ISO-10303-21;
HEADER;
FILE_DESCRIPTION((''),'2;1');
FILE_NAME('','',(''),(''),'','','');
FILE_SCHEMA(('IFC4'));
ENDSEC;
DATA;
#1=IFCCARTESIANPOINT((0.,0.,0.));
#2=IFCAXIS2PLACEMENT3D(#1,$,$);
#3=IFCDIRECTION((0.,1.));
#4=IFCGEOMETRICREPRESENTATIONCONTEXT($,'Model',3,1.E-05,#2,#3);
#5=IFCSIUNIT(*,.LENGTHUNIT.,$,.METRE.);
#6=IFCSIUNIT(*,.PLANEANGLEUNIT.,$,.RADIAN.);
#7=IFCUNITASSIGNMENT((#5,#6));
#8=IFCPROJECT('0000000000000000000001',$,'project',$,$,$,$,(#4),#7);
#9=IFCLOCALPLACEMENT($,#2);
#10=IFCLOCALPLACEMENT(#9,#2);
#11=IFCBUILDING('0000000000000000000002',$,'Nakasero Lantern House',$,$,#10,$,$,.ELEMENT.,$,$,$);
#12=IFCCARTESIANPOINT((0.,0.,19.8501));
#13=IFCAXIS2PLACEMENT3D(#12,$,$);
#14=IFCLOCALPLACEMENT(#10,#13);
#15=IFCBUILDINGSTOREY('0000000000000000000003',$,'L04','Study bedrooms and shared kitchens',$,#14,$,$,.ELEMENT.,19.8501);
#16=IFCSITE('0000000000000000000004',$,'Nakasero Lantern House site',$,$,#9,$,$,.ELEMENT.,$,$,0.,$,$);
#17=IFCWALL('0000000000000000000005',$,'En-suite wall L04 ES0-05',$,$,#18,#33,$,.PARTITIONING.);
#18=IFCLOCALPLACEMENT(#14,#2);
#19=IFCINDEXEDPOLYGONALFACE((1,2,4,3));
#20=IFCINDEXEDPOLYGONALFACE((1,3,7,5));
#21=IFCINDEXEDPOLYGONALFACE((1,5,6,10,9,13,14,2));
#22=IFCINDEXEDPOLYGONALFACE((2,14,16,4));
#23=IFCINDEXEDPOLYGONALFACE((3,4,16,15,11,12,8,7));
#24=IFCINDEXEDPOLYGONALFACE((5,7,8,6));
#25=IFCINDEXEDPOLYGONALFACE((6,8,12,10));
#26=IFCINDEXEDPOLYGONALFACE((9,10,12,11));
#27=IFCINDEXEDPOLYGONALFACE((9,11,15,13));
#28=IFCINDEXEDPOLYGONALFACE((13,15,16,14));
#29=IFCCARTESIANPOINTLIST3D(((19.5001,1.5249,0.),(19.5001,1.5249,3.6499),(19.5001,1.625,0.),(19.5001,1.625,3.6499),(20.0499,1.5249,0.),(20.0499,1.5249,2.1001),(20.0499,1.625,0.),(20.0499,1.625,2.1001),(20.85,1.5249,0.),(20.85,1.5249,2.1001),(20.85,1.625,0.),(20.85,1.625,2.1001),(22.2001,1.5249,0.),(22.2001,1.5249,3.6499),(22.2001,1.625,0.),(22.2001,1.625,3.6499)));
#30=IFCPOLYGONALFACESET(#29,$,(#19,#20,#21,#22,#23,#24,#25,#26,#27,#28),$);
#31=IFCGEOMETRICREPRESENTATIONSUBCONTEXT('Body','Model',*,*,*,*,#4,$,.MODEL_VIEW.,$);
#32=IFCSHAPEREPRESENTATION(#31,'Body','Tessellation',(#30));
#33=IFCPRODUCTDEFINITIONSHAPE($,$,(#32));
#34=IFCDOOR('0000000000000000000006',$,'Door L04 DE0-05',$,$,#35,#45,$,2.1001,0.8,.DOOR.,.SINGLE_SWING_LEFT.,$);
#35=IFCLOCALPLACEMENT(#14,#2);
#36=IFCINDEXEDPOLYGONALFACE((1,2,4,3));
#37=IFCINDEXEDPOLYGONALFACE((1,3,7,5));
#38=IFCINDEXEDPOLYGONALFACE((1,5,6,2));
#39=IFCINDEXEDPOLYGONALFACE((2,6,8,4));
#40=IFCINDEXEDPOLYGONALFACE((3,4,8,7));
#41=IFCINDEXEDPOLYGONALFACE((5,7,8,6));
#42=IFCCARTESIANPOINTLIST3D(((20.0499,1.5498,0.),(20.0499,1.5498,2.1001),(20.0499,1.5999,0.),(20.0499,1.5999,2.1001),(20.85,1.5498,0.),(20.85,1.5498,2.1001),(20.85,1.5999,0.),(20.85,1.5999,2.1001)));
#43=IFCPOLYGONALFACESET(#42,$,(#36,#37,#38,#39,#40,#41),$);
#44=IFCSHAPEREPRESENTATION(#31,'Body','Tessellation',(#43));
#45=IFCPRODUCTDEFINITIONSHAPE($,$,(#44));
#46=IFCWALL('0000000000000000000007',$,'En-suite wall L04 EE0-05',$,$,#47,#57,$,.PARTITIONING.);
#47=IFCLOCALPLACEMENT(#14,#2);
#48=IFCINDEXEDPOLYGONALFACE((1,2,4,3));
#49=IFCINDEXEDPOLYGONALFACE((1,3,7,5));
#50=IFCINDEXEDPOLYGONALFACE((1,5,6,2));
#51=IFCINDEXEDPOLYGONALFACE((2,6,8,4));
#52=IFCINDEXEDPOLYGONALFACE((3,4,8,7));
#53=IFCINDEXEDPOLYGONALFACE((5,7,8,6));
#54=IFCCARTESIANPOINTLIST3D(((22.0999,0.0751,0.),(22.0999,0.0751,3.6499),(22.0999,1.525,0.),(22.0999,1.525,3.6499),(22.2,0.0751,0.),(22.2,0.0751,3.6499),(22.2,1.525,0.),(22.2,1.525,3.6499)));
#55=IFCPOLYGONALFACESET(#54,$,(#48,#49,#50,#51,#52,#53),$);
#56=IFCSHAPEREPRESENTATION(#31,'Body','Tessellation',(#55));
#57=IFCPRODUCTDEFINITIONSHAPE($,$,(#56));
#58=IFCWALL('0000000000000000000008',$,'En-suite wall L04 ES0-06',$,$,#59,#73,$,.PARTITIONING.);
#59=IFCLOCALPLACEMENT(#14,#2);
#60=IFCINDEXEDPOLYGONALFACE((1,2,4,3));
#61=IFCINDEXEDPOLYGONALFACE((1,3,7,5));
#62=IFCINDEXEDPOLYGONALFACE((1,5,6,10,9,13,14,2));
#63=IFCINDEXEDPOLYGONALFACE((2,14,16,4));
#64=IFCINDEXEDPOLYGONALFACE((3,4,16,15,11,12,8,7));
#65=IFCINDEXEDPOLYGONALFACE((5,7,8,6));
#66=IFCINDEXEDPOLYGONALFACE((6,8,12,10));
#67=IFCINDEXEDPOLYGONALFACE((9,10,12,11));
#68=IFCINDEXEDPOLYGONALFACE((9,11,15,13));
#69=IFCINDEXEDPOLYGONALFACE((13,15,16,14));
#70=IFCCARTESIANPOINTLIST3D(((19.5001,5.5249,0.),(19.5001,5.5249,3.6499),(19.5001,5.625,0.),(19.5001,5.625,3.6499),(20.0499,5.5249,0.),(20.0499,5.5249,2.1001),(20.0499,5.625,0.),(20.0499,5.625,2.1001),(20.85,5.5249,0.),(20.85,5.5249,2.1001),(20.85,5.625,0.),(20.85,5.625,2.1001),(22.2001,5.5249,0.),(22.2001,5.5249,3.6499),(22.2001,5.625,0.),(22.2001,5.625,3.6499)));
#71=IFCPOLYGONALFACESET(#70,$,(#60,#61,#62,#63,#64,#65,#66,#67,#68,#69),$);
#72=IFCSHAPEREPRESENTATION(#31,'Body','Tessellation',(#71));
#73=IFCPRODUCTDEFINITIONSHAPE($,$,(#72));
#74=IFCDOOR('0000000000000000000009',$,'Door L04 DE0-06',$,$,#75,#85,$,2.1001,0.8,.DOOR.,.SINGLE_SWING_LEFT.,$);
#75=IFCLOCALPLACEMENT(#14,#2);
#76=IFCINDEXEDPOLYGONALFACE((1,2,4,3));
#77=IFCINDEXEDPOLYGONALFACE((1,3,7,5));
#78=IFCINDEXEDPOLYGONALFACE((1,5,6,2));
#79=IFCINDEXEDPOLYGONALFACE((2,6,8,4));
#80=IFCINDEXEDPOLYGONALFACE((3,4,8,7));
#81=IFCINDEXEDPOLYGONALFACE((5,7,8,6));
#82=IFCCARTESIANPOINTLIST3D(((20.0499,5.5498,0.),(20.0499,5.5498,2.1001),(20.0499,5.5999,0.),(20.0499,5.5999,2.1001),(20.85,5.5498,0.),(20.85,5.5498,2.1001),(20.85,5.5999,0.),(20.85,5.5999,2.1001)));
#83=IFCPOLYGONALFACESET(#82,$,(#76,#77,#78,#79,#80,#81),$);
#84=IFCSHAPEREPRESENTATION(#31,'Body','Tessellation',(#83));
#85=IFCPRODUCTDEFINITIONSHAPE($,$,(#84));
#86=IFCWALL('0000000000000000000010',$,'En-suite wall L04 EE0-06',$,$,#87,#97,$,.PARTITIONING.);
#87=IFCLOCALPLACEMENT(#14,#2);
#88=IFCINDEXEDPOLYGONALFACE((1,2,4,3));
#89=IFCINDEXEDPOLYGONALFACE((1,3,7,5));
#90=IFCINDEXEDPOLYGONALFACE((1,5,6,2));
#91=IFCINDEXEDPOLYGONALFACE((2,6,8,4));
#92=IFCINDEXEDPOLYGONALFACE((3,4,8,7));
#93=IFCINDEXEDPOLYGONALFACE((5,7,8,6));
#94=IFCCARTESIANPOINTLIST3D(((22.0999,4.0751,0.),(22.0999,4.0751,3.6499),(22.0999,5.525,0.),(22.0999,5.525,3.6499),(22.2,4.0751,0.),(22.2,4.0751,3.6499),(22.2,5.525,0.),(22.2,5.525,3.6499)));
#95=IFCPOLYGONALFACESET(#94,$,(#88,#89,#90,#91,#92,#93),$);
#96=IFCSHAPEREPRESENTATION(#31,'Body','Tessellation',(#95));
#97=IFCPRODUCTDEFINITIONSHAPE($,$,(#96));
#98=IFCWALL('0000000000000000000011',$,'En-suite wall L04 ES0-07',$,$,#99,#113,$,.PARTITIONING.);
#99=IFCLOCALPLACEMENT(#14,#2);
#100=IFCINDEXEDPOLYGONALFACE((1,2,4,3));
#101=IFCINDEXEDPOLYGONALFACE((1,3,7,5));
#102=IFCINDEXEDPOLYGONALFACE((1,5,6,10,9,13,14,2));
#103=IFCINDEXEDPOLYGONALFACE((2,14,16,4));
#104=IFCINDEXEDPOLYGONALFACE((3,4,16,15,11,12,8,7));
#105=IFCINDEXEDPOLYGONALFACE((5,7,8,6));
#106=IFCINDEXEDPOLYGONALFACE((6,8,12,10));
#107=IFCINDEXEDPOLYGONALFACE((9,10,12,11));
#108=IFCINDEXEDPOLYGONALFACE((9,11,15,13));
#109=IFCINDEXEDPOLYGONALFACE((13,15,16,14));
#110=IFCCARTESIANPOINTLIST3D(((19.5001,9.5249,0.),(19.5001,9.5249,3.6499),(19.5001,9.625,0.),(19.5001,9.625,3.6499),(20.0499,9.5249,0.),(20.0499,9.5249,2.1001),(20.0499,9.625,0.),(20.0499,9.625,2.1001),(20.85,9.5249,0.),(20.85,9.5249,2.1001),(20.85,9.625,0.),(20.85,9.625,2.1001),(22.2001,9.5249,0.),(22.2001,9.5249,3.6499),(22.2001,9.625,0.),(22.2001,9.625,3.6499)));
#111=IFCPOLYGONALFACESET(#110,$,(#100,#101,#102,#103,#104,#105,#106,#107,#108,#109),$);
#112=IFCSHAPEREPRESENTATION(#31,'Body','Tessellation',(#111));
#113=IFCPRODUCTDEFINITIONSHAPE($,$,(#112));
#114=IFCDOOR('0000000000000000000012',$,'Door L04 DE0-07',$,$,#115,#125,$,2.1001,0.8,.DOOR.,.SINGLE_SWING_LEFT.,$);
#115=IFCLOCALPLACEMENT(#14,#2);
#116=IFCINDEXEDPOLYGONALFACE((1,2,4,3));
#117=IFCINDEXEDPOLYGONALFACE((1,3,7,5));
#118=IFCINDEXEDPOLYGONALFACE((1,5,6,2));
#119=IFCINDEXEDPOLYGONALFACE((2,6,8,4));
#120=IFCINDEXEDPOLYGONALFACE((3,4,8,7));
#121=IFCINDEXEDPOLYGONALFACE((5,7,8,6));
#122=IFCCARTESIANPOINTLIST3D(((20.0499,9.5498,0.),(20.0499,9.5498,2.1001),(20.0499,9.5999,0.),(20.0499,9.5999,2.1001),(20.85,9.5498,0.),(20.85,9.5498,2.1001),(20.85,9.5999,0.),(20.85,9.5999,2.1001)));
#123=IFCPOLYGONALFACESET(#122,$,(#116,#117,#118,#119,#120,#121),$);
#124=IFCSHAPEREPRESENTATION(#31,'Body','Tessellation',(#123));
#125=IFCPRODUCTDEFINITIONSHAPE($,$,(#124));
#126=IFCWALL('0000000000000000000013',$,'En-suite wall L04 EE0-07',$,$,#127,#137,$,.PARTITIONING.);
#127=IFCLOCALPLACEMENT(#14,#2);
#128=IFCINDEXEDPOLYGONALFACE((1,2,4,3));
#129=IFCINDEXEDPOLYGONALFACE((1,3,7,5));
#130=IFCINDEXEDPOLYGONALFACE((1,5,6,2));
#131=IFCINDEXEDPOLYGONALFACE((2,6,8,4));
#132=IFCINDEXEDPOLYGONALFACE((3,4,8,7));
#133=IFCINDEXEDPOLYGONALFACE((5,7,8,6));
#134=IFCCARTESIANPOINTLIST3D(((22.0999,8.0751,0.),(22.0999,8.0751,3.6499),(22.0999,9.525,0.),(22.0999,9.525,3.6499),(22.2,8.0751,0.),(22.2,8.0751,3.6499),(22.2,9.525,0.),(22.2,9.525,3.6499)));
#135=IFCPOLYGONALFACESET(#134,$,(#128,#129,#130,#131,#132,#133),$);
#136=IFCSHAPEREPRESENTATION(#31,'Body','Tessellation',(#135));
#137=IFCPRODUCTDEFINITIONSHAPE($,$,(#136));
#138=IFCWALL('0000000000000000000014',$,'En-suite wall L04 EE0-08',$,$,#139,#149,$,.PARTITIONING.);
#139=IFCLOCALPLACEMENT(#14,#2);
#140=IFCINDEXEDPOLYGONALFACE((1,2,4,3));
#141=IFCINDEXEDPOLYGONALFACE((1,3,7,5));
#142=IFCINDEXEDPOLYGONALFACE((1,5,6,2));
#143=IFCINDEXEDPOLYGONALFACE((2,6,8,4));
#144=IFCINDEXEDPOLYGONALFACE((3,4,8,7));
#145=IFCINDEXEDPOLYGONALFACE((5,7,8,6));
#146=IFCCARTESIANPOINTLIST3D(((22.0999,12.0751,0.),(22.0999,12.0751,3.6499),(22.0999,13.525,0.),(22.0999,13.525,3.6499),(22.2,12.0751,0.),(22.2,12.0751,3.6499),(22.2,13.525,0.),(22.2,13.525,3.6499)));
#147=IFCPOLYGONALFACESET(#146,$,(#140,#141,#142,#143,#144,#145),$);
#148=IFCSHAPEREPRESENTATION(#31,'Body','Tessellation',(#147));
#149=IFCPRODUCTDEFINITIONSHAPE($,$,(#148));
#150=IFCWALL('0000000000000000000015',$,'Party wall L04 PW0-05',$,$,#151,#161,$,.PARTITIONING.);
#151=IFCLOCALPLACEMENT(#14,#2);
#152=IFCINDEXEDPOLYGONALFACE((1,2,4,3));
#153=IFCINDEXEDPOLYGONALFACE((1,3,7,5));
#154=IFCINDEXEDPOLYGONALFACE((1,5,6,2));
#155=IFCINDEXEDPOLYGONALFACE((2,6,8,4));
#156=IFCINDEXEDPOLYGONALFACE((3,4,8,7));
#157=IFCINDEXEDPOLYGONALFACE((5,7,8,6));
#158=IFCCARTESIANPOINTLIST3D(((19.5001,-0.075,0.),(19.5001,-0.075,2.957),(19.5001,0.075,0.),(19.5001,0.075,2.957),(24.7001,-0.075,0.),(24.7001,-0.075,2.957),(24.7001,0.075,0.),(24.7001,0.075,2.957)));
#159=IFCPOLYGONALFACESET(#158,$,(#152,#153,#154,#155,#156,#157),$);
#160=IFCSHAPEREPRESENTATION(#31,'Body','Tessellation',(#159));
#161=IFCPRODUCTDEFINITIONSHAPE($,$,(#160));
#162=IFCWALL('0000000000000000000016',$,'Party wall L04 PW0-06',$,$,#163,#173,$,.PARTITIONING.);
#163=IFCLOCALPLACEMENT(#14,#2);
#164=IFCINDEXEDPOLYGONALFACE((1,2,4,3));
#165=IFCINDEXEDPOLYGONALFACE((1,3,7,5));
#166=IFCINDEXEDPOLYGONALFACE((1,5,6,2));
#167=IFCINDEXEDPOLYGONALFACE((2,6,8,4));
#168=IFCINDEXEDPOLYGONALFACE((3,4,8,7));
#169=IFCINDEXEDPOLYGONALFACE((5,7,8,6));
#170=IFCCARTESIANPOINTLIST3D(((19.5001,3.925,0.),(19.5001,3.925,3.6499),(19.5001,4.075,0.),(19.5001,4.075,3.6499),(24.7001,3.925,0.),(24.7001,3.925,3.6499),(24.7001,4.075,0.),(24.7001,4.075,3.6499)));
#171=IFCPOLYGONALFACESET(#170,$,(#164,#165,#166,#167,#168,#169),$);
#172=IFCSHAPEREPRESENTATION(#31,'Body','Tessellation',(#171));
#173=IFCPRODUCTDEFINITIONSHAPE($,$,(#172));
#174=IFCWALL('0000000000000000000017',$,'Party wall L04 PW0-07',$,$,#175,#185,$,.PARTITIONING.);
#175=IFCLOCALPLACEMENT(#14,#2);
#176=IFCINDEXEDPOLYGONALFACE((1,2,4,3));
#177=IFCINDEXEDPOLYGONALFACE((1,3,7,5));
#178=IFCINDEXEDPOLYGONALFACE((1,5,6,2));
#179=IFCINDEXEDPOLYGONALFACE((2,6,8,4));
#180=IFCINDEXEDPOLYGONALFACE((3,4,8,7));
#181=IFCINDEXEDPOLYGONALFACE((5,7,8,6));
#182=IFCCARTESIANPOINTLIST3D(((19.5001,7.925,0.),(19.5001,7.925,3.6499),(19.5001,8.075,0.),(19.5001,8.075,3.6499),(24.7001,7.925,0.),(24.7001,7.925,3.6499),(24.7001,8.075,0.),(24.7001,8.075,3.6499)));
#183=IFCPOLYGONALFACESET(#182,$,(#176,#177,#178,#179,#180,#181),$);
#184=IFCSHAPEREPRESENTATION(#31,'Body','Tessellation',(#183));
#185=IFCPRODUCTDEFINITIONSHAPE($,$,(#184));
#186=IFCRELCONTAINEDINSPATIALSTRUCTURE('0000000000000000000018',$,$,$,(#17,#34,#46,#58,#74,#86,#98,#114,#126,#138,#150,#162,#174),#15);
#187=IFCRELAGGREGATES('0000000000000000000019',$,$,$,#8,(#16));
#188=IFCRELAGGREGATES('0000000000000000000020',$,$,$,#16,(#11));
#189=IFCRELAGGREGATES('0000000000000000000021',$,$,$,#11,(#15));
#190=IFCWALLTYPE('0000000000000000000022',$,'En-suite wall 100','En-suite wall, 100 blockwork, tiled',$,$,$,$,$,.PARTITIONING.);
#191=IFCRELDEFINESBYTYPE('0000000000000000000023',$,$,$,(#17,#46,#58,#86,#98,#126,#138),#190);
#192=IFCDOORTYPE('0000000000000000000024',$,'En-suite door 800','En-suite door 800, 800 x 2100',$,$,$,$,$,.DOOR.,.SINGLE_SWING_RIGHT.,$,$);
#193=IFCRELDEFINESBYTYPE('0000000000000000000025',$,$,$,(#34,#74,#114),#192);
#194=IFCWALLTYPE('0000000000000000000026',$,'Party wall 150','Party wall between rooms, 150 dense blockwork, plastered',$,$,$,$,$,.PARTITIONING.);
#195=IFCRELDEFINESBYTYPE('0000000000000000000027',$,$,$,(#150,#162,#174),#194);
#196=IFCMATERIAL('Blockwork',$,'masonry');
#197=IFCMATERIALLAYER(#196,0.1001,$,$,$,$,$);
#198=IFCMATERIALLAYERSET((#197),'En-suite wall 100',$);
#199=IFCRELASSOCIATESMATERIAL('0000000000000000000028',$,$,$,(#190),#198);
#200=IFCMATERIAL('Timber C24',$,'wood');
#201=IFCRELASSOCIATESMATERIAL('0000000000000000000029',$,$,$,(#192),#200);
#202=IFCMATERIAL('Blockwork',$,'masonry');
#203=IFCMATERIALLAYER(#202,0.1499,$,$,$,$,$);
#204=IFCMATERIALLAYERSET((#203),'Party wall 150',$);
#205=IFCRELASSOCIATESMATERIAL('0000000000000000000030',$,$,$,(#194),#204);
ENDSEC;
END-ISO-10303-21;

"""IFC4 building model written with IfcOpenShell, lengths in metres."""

from ifc_helpers import new_model, si_unit, direction, frame, frame_2d, origin, place, context, subcontext, project, spatial, rectangle, extrude, material, layer, layer_set, type_object, element, fill, save


model = new_model("IFC4")

# Units and contexts
model_context = context("Model", 3, precision=1e-05, world=origin(), true_north=direction((0.0, 1.0)))
body_context = subcontext(model_context, "Body", "Model", "MODEL_VIEW")
ifc_project = project(units=[si_unit("LENGTHUNIT", "METRE"), si_unit("PLANEANGLEUNIT", "RADIAN")], contexts=[model_context])

# Site, building, storey
site_placement = place(None, origin())
site = spatial("IfcSite", under=ifc_project, at=site_placement, Name="Nakasero Lantern House site", CompositionType="ELEMENT", RefElevation=0.0)
building_placement = place(site_placement, origin())
building = spatial("IfcBuilding", under=site, at=building_placement, Name="Nakasero Lantern House", CompositionType="ELEMENT")
storey_placement = place(building_placement, frame((0.0, 0.0, 19.8501)))
storey = spatial("IfcBuildingStorey", under=building, at=storey_placement, Name="L04", Description="Study bedrooms and shared kitchens", CompositionType="ELEMENT", Elevation=19.8501)

# Wall, opening, door
ifc_material_1 = material(Name="Blockwork", Category="masonry")
ifc_layer_1 = layer(ifc_material_1, 0.1001)
ifc_layer_set_1 = layer_set([ifc_layer_1], Name="En-suite wall 100")
wall_type_1 = type_object("IfcWallType", Name="En-suite wall 100", Description="En-suite wall, 100 blockwork, tiled", PredefinedType="PARTITIONING", material=ifc_layer_set_1)
wall_1_placement = place(storey_placement, frame((19.5, 1.575, 0.0), z_axis=(0.0, 0.0, 1.0), x_axis=(1.0, 0.0, 0.0)))
wall_1 = element("IfcWall", 1, at=wall_1_placement, inside=storey, type_object=wall_type_1, Name="En-suite wall L04 ES0-05", PredefinedType="PARTITIONING", context=body_context, shape_type="SweptSolid", body=[
    extrude(rectangle(XDim=2.7, YDim=0.1001, at=frame_2d((1.3501, 0.0))), origin(), (0.0, 0.0, 1.0), 3.6499),
])
opening_1_placement = place(wall_1_placement, frame((0.55, 0.0, 0.0)))
opening_1 = element("IfcOpeningElement", 2, at=opening_1_placement, cuts=wall_1, PredefinedType="OPENING", context=body_context, shape_type="SweptSolid", body=[
    extrude(rectangle(XDim=0.8, YDim=2.1001, at=frame_2d((0.3999, 1.05))), frame((0.0, 0.0701, 0.0), z_axis=(0.0, -1.0, 0.0), x_axis=(1.0, 0.0, 0.0)), (0.0, 0.0, 1.0), 0.1401),
])
ifc_material_2 = material(Name="Timber C24", Category="wood")
door_type = type_object("IfcDoorType", Name="En-suite door 800", Description="En-suite door 800, 800 x 2100", OperationType="SINGLE_SWING_RIGHT", PredefinedType="DOOR", material=ifc_material_2)
door_1_placement = place(opening_1_placement, origin())
door_1 = element("IfcDoor", 3, at=door_1_placement, inside=storey, type_object=door_type, Name="Door L04 DE0-05", OperationType="SINGLE_SWING_LEFT", OverallHeight=2.1001, OverallWidth=0.8, PredefinedType="DOOR", context=body_context, shape_type="SweptSolid", body=[
    extrude(rectangle(XDim=0.8, YDim=2.1001, at=frame_2d((0.3999, 1.05))), frame((0.0, 0.0249, 0.0), z_axis=(0.0, -1.0, 0.0), x_axis=(1.0, 0.0, 0.0)), (0.0, 0.0, 1.0), 0.05),
])
fill(opening_1, door_1)

# Wall
wall_2_placement = place(storey_placement, frame((22.1499, 0.075, 0.0), z_axis=(0.0, 0.0, 1.0), x_axis=(0.0, 1.0, 0.0)))
element("IfcWall", 4, at=wall_2_placement, inside=storey, type_object=wall_type_1, Name="En-suite wall L04 EE0-05", PredefinedType="PARTITIONING", context=body_context, shape_type="SweptSolid", body=[
    extrude(rectangle(XDim=1.45, YDim=0.1001, at=frame_2d((0.7251, 0.0))), origin(), (0.0, 0.0, 1.0), 3.6499),
])

# Wall, opening, door
wall_3_placement = place(storey_placement, frame((19.5, 5.575, 0.0), z_axis=(0.0, 0.0, 1.0), x_axis=(1.0, 0.0, 0.0)))
wall_3 = element("IfcWall", 5, at=wall_3_placement, inside=storey, type_object=wall_type_1, Name="En-suite wall L04 ES0-06", PredefinedType="PARTITIONING", context=body_context, shape_type="SweptSolid", body=[
    extrude(rectangle(XDim=2.7, YDim=0.1001, at=frame_2d((1.3501, 0.0))), origin(), (0.0, 0.0, 1.0), 3.6499),
])
opening_2_placement = place(wall_3_placement, frame((0.55, 0.0, 0.0)))
opening_2 = element("IfcOpeningElement", 6, at=opening_2_placement, cuts=wall_3, PredefinedType="OPENING", context=body_context, shape_type="SweptSolid", body=[
    extrude(rectangle(XDim=0.8, YDim=2.1001, at=frame_2d((0.3999, 1.05))), frame((0.0, 0.0701, 0.0), z_axis=(0.0, -1.0, 0.0), x_axis=(1.0, 0.0, 0.0)), (0.0, 0.0, 1.0), 0.1401),
])
door_2_placement = place(opening_2_placement, origin())
door_2 = element("IfcDoor", 7, at=door_2_placement, inside=storey, type_object=door_type, Name="Door L04 DE0-06", OperationType="SINGLE_SWING_LEFT", OverallHeight=2.1001, OverallWidth=0.8, PredefinedType="DOOR", context=body_context, shape_type="SweptSolid", body=[
    extrude(rectangle(XDim=0.8, YDim=2.1001, at=frame_2d((0.3999, 1.05))), frame((0.0, 0.0249, 0.0), z_axis=(0.0, -1.0, 0.0), x_axis=(1.0, 0.0, 0.0)), (0.0, 0.0, 1.0), 0.05),
])
fill(opening_2, door_2)

# Wall
wall_4_placement = place(storey_placement, frame((22.1499, 4.075, 0.0), z_axis=(0.0, 0.0, 1.0), x_axis=(0.0, 1.0, 0.0)))
element("IfcWall", 8, at=wall_4_placement, inside=storey, type_object=wall_type_1, Name="En-suite wall L04 EE0-06", PredefinedType="PARTITIONING", context=body_context, shape_type="SweptSolid", body=[
    extrude(rectangle(XDim=1.45, YDim=0.1001, at=frame_2d((0.7251, 0.0))), origin(), (0.0, 0.0, 1.0), 3.6499),
])

# Wall, opening, door
wall_5_placement = place(storey_placement, frame((19.5, 9.575, 0.0), z_axis=(0.0, 0.0, 1.0), x_axis=(1.0, 0.0, 0.0)))
wall_5 = element("IfcWall", 9, at=wall_5_placement, inside=storey, type_object=wall_type_1, Name="En-suite wall L04 ES0-07", PredefinedType="PARTITIONING", context=body_context, shape_type="SweptSolid", body=[
    extrude(rectangle(XDim=2.7, YDim=0.1001, at=frame_2d((1.3501, 0.0))), origin(), (0.0, 0.0, 1.0), 3.6499),
])
opening_3_placement = place(wall_5_placement, frame((0.55, 0.0, 0.0)))
opening_3 = element("IfcOpeningElement", 10, at=opening_3_placement, cuts=wall_5, PredefinedType="OPENING", context=body_context, shape_type="SweptSolid", body=[
    extrude(rectangle(XDim=0.8, YDim=2.1001, at=frame_2d((0.3999, 1.05))), frame((0.0, 0.0701, 0.0), z_axis=(0.0, -1.0, 0.0), x_axis=(1.0, 0.0, 0.0)), (0.0, 0.0, 1.0), 0.1401),
])
door_3_placement = place(opening_3_placement, origin())
door_3 = element("IfcDoor", 11, at=door_3_placement, inside=storey, type_object=door_type, Name="Door L04 DE0-07", OperationType="SINGLE_SWING_LEFT", OverallHeight=2.1001, OverallWidth=0.8, PredefinedType="DOOR", context=body_context, shape_type="SweptSolid", body=[
    extrude(rectangle(XDim=0.8, YDim=2.1001, at=frame_2d((0.3999, 1.05))), frame((0.0, 0.0249, 0.0), z_axis=(0.0, -1.0, 0.0), x_axis=(1.0, 0.0, 0.0)), (0.0, 0.0, 1.0), 0.05),
])
fill(opening_3, door_3)

# Walls
for number, where, z_axis, x_axis, name in (
    (12, (22.1499, 8.075, 0.0), (0.0, 0.0, 1.0), (0.0, 1.0, 0.0), "En-suite wall L04 EE0-07"),
    (13, (22.1499, 12.075, 0.0), (0.0, 0.0, 1.0), (0.0, 1.0, 0.0), "En-suite wall L04 EE0-08"),
):
    element("IfcWall", number, at=place(storey_placement, frame(where, z_axis=z_axis, x_axis=x_axis)), inside=storey, type_object=wall_type_1, Name=name, PredefinedType="PARTITIONING", context=body_context, shape_type="SweptSolid", body=[
        extrude(rectangle(XDim=1.45, YDim=0.1001, at=frame_2d((0.7251, 0.0))), origin(), (0.0, 0.0, 1.0), 3.6499),
    ])
ifc_material_3 = material(Name="Blockwork", Category="masonry")
ifc_layer_2 = layer(ifc_material_3, 0.1499)
ifc_layer_set_2 = layer_set([ifc_layer_2], Name="Party wall 150")
wall_type_2 = type_object("IfcWallType", Name="Party wall 150", Description="Party wall between rooms, 150 dense blockwork, plastered", PredefinedType="PARTITIONING", material=ifc_layer_set_2)
wall_6_placement = place(storey_placement, frame((19.5, 0.0, 0.0), z_axis=(0.0, 0.0, 1.0), x_axis=(1.0, 0.0, 0.0)))
element("IfcWall", 14, at=wall_6_placement, inside=storey, type_object=wall_type_2, Name="Party wall L04 PW0-05", PredefinedType="PARTITIONING", context=body_context, shape_type="SweptSolid", body=[
    extrude(rectangle(XDim=5.2, YDim=0.1499, at=frame_2d((2.6001, 0.0))), origin(), (0.0, 0.0, 1.0), 2.957),
])
for number, where, z_axis, x_axis, name in (
    (15, (19.5, 4.0, 0.0), (0.0, 0.0, 1.0), (1.0, 0.0, 0.0), "Party wall L04 PW0-06"),
    (16, (19.5, 8.0, 0.0), (0.0, 0.0, 1.0), (1.0, 0.0, 0.0), "Party wall L04 PW0-07"),
):
    element("IfcWall", number, at=place(storey_placement, frame(where, z_axis=z_axis, x_axis=x_axis)), inside=storey, type_object=wall_type_2, Name=name, PredefinedType="PARTITIONING", context=body_context, shape_type="SweptSolid", body=[
        extrude(rectangle(XDim=5.2, YDim=0.1499, at=frame_2d((2.6001, 0.0))), origin(), (0.0, 0.0, 1.0), 3.6499),
    ])

save(model, "model.ifc")
